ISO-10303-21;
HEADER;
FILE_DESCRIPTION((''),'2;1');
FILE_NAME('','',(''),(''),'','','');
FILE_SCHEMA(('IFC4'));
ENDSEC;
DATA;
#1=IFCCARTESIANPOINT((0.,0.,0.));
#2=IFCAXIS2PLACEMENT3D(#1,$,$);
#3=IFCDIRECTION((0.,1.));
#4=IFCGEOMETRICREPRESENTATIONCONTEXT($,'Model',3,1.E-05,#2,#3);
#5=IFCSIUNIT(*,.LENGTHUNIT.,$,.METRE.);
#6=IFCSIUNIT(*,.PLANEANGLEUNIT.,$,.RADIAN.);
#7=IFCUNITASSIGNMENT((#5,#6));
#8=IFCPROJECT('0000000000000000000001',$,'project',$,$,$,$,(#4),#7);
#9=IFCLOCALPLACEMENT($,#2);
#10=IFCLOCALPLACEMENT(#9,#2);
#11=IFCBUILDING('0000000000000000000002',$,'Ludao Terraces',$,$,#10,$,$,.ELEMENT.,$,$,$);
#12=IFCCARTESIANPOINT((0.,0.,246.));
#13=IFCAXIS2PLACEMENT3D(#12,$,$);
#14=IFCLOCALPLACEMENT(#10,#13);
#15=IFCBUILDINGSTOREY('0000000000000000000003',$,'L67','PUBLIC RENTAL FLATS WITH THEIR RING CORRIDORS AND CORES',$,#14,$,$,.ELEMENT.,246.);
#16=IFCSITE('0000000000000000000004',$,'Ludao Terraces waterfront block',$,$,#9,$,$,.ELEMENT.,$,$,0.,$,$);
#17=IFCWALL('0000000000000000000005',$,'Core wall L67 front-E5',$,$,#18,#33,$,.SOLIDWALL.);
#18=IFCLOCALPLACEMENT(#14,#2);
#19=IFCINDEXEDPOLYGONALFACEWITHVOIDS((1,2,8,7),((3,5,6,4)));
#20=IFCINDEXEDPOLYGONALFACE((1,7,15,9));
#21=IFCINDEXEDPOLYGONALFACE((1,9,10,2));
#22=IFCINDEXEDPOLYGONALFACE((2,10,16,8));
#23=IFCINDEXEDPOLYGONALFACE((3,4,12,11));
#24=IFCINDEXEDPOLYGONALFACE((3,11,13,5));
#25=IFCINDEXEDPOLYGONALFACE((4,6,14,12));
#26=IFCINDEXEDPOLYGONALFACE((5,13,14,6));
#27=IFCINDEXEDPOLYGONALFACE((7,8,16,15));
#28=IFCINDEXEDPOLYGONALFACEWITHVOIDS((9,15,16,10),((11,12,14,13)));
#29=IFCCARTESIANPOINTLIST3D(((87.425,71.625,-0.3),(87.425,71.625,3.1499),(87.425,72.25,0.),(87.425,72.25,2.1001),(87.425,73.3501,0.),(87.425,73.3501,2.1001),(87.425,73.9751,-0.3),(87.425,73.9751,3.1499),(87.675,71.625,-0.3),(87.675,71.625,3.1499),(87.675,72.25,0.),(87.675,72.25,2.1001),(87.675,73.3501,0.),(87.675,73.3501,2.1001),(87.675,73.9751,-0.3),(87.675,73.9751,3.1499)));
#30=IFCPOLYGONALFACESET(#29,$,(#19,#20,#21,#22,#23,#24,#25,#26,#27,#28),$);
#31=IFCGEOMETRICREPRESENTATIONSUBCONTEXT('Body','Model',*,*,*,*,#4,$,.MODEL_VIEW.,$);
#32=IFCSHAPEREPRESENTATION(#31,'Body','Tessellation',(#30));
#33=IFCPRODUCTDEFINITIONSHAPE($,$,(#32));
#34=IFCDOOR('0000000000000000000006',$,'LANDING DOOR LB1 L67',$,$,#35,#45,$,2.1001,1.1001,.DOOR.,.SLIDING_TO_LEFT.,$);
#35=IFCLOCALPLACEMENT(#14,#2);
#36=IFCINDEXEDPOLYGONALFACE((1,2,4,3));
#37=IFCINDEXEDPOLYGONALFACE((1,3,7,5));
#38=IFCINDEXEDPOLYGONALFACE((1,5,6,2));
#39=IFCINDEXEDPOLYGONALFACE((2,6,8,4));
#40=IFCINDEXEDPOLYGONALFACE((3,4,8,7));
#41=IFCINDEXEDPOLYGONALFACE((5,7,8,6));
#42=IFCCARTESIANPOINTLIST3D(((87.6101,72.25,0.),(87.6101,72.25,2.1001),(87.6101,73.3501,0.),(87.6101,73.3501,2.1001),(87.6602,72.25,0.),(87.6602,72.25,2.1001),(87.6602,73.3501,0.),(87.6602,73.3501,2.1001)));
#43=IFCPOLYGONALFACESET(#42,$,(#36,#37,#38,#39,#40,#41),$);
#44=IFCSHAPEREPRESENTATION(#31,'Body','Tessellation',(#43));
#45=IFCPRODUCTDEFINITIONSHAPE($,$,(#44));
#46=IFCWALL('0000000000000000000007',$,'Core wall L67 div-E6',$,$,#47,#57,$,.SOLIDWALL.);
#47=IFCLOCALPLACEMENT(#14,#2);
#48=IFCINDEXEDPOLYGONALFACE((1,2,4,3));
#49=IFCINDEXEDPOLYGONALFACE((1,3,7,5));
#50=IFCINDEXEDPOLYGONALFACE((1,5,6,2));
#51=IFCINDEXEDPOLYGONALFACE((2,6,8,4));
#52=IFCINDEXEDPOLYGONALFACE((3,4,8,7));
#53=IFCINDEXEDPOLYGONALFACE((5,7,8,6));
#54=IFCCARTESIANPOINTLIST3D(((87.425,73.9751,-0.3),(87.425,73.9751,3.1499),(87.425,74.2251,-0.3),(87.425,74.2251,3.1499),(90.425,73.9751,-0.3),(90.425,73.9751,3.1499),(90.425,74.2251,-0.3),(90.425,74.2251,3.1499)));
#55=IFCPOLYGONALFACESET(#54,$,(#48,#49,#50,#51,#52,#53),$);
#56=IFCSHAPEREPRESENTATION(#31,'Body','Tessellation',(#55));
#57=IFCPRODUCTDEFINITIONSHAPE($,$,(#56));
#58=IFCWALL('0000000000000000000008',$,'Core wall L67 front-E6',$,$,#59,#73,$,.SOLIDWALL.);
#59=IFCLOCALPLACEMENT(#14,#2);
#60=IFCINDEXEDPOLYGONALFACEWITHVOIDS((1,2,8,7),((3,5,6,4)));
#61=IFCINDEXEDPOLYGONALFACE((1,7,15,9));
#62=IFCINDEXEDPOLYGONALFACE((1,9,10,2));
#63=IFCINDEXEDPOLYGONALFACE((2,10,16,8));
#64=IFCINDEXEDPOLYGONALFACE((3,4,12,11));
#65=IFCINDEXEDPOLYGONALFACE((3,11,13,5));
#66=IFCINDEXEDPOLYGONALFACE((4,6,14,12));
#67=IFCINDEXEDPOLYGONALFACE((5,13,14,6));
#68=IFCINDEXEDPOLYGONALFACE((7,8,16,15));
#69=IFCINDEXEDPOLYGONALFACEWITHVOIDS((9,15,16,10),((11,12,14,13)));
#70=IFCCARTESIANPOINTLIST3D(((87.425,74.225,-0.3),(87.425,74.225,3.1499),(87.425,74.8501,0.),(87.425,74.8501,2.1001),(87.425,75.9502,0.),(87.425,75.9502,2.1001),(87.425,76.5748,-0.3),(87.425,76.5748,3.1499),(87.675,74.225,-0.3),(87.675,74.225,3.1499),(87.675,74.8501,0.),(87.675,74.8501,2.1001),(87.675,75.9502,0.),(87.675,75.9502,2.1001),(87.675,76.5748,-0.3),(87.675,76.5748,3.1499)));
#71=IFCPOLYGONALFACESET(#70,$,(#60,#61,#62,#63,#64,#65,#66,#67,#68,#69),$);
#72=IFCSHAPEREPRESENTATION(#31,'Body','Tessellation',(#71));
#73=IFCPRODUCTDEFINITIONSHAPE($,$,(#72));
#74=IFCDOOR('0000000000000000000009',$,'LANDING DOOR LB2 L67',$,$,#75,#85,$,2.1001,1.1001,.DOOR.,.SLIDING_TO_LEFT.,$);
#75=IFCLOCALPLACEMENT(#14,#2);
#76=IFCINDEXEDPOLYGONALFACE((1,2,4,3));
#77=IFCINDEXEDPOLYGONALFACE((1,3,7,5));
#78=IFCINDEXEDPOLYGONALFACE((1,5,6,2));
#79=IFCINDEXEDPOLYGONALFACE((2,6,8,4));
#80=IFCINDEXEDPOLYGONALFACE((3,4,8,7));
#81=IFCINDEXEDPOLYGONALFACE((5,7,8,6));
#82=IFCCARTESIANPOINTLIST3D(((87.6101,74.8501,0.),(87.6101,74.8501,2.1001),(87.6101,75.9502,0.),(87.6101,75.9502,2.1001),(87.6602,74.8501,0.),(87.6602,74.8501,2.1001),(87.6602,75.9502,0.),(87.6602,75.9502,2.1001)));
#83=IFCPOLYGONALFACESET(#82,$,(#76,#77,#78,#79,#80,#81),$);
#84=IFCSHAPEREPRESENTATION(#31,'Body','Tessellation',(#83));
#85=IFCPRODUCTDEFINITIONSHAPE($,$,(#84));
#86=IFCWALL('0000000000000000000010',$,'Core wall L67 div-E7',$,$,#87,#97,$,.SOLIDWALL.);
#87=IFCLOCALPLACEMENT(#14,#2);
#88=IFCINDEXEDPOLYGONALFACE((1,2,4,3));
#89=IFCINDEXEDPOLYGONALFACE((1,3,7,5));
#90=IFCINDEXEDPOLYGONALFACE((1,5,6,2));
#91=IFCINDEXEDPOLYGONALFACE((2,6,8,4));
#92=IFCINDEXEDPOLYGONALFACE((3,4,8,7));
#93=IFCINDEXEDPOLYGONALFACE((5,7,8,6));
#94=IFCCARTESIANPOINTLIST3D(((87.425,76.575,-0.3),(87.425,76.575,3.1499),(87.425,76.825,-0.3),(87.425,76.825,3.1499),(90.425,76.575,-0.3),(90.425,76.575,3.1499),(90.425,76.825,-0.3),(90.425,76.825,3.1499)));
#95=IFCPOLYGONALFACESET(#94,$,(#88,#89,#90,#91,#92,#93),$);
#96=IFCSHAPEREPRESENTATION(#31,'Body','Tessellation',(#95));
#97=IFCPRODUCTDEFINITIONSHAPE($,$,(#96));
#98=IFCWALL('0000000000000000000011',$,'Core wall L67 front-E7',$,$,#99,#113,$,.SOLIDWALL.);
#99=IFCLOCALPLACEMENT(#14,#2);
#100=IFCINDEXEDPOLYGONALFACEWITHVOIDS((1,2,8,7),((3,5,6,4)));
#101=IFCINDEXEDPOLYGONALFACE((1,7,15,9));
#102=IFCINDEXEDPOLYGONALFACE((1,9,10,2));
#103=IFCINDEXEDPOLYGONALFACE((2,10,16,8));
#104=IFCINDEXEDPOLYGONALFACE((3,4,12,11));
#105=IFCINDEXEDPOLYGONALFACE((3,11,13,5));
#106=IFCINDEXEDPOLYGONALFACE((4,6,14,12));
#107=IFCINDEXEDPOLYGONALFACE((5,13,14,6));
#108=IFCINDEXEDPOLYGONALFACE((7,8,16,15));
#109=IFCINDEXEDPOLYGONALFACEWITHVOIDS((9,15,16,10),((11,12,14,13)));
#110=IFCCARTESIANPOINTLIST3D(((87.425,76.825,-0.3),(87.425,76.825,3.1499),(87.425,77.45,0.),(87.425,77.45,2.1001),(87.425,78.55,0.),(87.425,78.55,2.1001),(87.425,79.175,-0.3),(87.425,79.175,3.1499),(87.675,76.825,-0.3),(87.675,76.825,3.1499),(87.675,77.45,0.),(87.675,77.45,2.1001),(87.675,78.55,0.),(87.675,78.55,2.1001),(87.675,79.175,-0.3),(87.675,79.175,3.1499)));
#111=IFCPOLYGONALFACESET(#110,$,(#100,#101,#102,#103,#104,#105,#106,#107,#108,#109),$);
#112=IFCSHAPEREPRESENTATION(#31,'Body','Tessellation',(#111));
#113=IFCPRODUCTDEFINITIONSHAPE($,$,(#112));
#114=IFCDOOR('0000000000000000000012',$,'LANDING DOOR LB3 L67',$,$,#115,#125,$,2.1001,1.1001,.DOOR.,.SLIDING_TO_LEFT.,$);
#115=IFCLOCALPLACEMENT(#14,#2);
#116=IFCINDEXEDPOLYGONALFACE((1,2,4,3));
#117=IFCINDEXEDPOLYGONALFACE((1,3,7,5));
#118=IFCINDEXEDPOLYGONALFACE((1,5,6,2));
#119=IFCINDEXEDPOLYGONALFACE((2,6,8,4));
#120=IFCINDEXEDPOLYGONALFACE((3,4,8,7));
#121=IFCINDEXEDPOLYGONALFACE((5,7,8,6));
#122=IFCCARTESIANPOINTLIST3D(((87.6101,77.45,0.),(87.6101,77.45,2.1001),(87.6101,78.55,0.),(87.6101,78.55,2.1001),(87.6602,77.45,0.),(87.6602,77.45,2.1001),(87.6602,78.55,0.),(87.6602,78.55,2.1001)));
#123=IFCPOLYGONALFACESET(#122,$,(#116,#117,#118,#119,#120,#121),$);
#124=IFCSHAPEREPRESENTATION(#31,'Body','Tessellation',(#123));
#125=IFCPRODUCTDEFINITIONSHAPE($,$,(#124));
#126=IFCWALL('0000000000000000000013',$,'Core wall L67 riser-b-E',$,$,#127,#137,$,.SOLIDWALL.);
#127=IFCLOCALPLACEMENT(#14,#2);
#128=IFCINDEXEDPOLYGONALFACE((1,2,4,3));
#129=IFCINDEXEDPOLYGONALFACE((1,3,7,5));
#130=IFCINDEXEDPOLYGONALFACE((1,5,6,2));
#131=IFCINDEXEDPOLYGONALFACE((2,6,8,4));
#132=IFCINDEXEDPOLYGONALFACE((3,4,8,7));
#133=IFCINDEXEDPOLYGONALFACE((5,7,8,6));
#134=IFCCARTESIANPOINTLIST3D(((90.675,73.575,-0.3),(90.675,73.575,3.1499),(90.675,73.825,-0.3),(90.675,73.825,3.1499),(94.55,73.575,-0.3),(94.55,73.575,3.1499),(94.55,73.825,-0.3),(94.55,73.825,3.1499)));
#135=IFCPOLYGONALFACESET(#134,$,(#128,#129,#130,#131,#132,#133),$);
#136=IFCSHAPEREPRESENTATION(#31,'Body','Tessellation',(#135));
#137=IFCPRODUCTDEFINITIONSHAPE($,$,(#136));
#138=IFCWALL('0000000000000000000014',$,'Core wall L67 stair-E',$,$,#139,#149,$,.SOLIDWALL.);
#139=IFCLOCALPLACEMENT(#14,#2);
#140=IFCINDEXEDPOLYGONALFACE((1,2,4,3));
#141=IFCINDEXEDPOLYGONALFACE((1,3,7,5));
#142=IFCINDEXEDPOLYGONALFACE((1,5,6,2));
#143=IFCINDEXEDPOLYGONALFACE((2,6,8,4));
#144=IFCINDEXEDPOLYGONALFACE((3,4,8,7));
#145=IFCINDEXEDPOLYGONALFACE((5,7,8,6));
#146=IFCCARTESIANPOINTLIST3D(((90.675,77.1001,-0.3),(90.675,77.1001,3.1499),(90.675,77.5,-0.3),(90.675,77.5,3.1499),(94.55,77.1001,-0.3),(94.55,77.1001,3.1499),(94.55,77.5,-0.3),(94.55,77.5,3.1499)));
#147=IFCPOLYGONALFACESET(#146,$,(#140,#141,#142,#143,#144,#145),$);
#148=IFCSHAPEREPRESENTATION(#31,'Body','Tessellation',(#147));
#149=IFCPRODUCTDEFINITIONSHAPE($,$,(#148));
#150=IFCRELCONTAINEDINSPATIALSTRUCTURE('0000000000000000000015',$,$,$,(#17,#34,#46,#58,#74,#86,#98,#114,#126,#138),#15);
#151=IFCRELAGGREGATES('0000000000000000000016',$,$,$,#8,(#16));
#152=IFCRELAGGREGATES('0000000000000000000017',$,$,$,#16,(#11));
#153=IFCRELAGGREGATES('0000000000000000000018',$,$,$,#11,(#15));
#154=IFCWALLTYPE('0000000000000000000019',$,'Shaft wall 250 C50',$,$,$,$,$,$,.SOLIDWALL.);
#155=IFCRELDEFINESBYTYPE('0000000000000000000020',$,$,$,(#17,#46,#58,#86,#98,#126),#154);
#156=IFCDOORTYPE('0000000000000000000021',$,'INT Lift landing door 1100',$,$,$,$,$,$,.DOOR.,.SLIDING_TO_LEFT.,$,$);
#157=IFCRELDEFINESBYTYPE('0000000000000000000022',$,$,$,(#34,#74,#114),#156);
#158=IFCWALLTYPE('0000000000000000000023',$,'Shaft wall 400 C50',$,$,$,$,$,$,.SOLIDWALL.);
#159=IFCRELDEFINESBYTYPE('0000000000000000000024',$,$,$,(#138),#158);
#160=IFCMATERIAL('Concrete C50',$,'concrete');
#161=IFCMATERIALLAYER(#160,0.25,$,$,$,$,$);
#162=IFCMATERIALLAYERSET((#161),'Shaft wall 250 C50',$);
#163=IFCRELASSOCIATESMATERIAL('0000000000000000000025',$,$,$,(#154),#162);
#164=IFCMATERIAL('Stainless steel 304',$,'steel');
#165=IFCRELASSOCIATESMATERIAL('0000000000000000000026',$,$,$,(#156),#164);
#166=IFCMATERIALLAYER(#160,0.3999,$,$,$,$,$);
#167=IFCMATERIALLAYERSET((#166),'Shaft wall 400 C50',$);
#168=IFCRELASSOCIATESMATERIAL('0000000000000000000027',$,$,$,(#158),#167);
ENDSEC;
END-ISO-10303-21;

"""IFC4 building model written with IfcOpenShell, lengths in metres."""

from ifc_helpers import new_model, si_unit, direction, frame, frame_2d, origin, place, context, subcontext, project, spatial, rectangle, extrude, material, layer, layer_set, type_object, element, fill, save


model = new_model("IFC4")

# Units and contexts
model_context = context("Model", 3, precision=1e-05, world=origin(), true_north=direction((0.0, 1.0)))
body_context = subcontext(model_context, "Body", "Model", "MODEL_VIEW")
ifc_project = project(units=[si_unit("LENGTHUNIT", "METRE"), si_unit("PLANEANGLEUNIT", "RADIAN")], contexts=[model_context])

# Site, building, storey
site_placement = place(None, origin())
site = spatial("IfcSite", under=ifc_project, at=site_placement, Name="Ludao Terraces waterfront block", CompositionType="ELEMENT", RefElevation=0.0)
building_placement = place(site_placement, origin())
building = spatial("IfcBuilding", under=site, at=building_placement, Name="Ludao Terraces", CompositionType="ELEMENT")
storey_placement = place(building_placement, frame((0.0, 0.0, 246.0)))
storey = spatial("IfcBuildingStorey", under=building, at=storey_placement, Name="L67", Description="PUBLIC RENTAL FLATS WITH THEIR RING CORRIDORS AND CORES", CompositionType="ELEMENT", Elevation=246.0)

# Shared definitions
ifc_material_1 = material(Name="Concrete C50", Category="concrete")
ifc_layer_1 = layer(ifc_material_1, 0.25)
ifc_layer_set_1 = layer_set([ifc_layer_1], Name="Shaft wall 250 C50")
wall_type_1 = type_object("IfcWallType", Name="Shaft wall 250 C50", PredefinedType="SOLIDWALL", material=ifc_layer_set_1)

# Wall, opening, door
wall_1_placement = place(storey_placement, frame((87.55, 71.625, -0.3), z_axis=(0.0, 0.0, 1.0), x_axis=(0.0, 1.0, 0.0)))
wall_1 = element("IfcWall", 1, at=wall_1_placement, inside=storey, type_object=wall_type_1, Name="Core wall L67 front-E5", PredefinedType="SOLIDWALL", context=body_context, shape_type="SweptSolid", body=[
    extrude(rectangle(XDim=2.3501, YDim=0.25, at=frame_2d((1.175, 0.0))), origin(), (0.0, 0.0, 1.0), 3.45),
])
opening_1_placement = place(wall_1_placement, frame((0.625, 0.0, 0.3)))
opening_1 = element("IfcOpeningElement", 2, at=opening_1_placement, cuts=wall_1, PredefinedType="OPENING", context=body_context, shape_type="SweptSolid", body=[
    extrude(rectangle(XDim=1.1001, YDim=2.1001, at=frame_2d((0.55, 1.05))), frame((0.0, 0.135, 0.0), z_axis=(0.0, -1.0, 0.0), x_axis=(1.0, 0.0, 0.0)), (0.0, 0.0, 1.0), 0.27),
])
ifc_material_2 = material(Name="Stainless steel 304", Category="steel")
door_type_1 = type_object("IfcDoorType", Name="INT Lift landing door 1100", OperationType="SLIDING_TO_LEFT", PredefinedType="DOOR", material=ifc_material_2)
door_1_placement = place(opening_1_placement, origin())
door_1 = element("IfcDoor", 3, at=door_1_placement, inside=storey, type_object=door_type_1, Name="LANDING DOOR LB1 L67", OperationType="SLIDING_TO_LEFT", OverallHeight=2.1001, OverallWidth=1.1001, PredefinedType="DOOR", context=body_context, shape_type="SweptSolid", body=[
    extrude(rectangle(XDim=1.1001, YDim=2.1001, at=frame_2d((0.55, 1.05))), frame((0.0, -0.0601, 0.0), z_axis=(0.0, -1.0, 0.0), x_axis=(1.0, 0.0, 0.0)), (0.0, 0.0, 1.0), 0.05),
])
fill(opening_1, door_1)

# Wall
wall_2_placement = place(storey_placement, frame((87.425, 74.1001, -0.3), z_axis=(0.0, 0.0, 1.0), x_axis=(1.0, 0.0, 0.0)))
element("IfcWall", 4, at=wall_2_placement, inside=storey, type_object=wall_type_1, Name="Core wall L67 div-E6", PredefinedType="SOLIDWALL", context=body_context, shape_type="SweptSolid", body=[
    extrude(rectangle(XDim=3.0, YDim=0.25, at=frame_2d((1.5, 0.0))), origin(), (0.0, 0.0, 1.0), 3.45),
])

# Wall, opening, door
wall_3_placement = place(storey_placement, frame((87.55, 74.2251, -0.3), z_axis=(0.0, 0.0, 1.0), x_axis=(0.0, 1.0, 0.0)))
wall_3 = element("IfcWall", 5, at=wall_3_placement, inside=storey, type_object=wall_type_1, Name="Core wall L67 front-E6", PredefinedType="SOLIDWALL", context=body_context, shape_type="SweptSolid", body=[
    extrude(rectangle(XDim=2.3499, YDim=0.25, at=frame_2d((1.1748, 0.0))), origin(), (0.0, 0.0, 1.0), 3.45),
])
opening_2_placement = place(wall_3_placement, frame((0.625, 0.0, 0.3)))
opening_2 = element("IfcOpeningElement", 6, at=opening_2_placement, cuts=wall_3, PredefinedType="OPENING", context=body_context, shape_type="SweptSolid", body=[
    extrude(rectangle(XDim=1.1001, YDim=2.1001, at=frame_2d((0.55, 1.05))), frame((0.0, 0.135, 0.0), z_axis=(0.0, -1.0, 0.0), x_axis=(1.0, 0.0, 0.0)), (0.0, 0.0, 1.0), 0.27),
])
door_2_placement = place(opening_2_placement, origin())
door_2 = element("IfcDoor", 7, at=door_2_placement, inside=storey, type_object=door_type_1, Name="LANDING DOOR LB2 L67", OperationType="SLIDING_TO_LEFT", OverallHeight=2.1001, OverallWidth=1.1001, PredefinedType="DOOR", context=body_context, shape_type="SweptSolid", body=[
    extrude(rectangle(XDim=1.1001, YDim=2.1001, at=frame_2d((0.55, 1.05))), frame((0.0, -0.0601, 0.0), z_axis=(0.0, -1.0, 0.0), x_axis=(1.0, 0.0, 0.0)), (0.0, 0.0, 1.0), 0.05),
])
fill(opening_2, door_2)

# Wall
wall_4_placement = place(storey_placement, frame((87.425, 76.7, -0.3), z_axis=(0.0, 0.0, 1.0), x_axis=(1.0, 0.0, 0.0)))
element("IfcWall", 8, at=wall_4_placement, inside=storey, type_object=wall_type_1, Name="Core wall L67 div-E7", PredefinedType="SOLIDWALL", context=body_context, shape_type="SweptSolid", body=[
    extrude(rectangle(XDim=3.0, YDim=0.25, at=frame_2d((1.5, 0.0))), origin(), (0.0, 0.0, 1.0), 3.45),
])

# Wall, opening, door
wall_5_placement = place(storey_placement, frame((87.55, 76.825, -0.3), z_axis=(0.0, 0.0, 1.0), x_axis=(0.0, 1.0, 0.0)))
wall_5 = element("IfcWall", 9, at=wall_5_placement, inside=storey, type_object=wall_type_1, Name="Core wall L67 front-E7", PredefinedType="SOLIDWALL", context=body_context, shape_type="SweptSolid", body=[
    extrude(rectangle(XDim=2.3501, YDim=0.25, at=frame_2d((1.175, 0.0))), origin(), (0.0, 0.0, 1.0), 3.45),
])
opening_3_placement = place(wall_5_placement, frame((0.625, 0.0, 0.3)))
opening_3 = element("IfcOpeningElement", 10, at=opening_3_placement, cuts=wall_5, PredefinedType="OPENING", context=body_context, shape_type="SweptSolid", body=[
    extrude(rectangle(XDim=1.1001, YDim=2.1001, at=frame_2d((0.55, 1.05))), frame((0.0, 0.135, 0.0), z_axis=(0.0, -1.0, 0.0), x_axis=(1.0, 0.0, 0.0)), (0.0, 0.0, 1.0), 0.27),
])
door_3_placement = place(opening_3_placement, origin())
door_3 = element("IfcDoor", 11, at=door_3_placement, inside=storey, type_object=door_type_1, Name="LANDING DOOR LB3 L67", OperationType="SLIDING_TO_LEFT", OverallHeight=2.1001, OverallWidth=1.1001, PredefinedType="DOOR", context=body_context, shape_type="SweptSolid", body=[
    extrude(rectangle(XDim=1.1001, YDim=2.1001, at=frame_2d((0.55, 1.05))), frame((0.0, -0.0601, 0.0), z_axis=(0.0, -1.0, 0.0), x_axis=(1.0, 0.0, 0.0)), (0.0, 0.0, 1.0), 0.05),
])
fill(opening_3, door_3)

# Walls
wall_6_placement = place(storey_placement, frame((90.675, 73.7, -0.3), z_axis=(0.0, 0.0, 1.0), x_axis=(1.0, 0.0, 0.0)))
element("IfcWall", 12, at=wall_6_placement, inside=storey, type_object=wall_type_1, Name="Core wall L67 riser-b-E", PredefinedType="SOLIDWALL", context=body_context, shape_type="SweptSolid", body=[
    extrude(rectangle(XDim=3.875, YDim=0.25, at=frame_2d((1.9375, 0.0))), origin(), (0.0, 0.0, 1.0), 3.45),
])
ifc_layer_2 = layer(ifc_material_1, 0.3999)
ifc_layer_set_2 = layer_set([ifc_layer_2], Name="Shaft wall 400 C50")
wall_type_2 = type_object("IfcWallType", Name="Shaft wall 400 C50", PredefinedType="SOLIDWALL", material=ifc_layer_set_2)
wall_7_placement = place(storey_placement, frame((90.675, 77.3, -0.3), z_axis=(0.0, 0.0, 1.0), x_axis=(1.0, 0.0, 0.0)))
element("IfcWall", 13, at=wall_7_placement, inside=storey, type_object=wall_type_2, Name="Core wall L67 stair-E", PredefinedType="SOLIDWALL", context=body_context, shape_type="SweptSolid", body=[
    extrude(rectangle(XDim=3.875, YDim=0.3999, at=frame_2d((1.9375, 0.0))), origin(), (0.0, 0.0, 1.0), 3.45),
])

save(model, "model.ifc")
